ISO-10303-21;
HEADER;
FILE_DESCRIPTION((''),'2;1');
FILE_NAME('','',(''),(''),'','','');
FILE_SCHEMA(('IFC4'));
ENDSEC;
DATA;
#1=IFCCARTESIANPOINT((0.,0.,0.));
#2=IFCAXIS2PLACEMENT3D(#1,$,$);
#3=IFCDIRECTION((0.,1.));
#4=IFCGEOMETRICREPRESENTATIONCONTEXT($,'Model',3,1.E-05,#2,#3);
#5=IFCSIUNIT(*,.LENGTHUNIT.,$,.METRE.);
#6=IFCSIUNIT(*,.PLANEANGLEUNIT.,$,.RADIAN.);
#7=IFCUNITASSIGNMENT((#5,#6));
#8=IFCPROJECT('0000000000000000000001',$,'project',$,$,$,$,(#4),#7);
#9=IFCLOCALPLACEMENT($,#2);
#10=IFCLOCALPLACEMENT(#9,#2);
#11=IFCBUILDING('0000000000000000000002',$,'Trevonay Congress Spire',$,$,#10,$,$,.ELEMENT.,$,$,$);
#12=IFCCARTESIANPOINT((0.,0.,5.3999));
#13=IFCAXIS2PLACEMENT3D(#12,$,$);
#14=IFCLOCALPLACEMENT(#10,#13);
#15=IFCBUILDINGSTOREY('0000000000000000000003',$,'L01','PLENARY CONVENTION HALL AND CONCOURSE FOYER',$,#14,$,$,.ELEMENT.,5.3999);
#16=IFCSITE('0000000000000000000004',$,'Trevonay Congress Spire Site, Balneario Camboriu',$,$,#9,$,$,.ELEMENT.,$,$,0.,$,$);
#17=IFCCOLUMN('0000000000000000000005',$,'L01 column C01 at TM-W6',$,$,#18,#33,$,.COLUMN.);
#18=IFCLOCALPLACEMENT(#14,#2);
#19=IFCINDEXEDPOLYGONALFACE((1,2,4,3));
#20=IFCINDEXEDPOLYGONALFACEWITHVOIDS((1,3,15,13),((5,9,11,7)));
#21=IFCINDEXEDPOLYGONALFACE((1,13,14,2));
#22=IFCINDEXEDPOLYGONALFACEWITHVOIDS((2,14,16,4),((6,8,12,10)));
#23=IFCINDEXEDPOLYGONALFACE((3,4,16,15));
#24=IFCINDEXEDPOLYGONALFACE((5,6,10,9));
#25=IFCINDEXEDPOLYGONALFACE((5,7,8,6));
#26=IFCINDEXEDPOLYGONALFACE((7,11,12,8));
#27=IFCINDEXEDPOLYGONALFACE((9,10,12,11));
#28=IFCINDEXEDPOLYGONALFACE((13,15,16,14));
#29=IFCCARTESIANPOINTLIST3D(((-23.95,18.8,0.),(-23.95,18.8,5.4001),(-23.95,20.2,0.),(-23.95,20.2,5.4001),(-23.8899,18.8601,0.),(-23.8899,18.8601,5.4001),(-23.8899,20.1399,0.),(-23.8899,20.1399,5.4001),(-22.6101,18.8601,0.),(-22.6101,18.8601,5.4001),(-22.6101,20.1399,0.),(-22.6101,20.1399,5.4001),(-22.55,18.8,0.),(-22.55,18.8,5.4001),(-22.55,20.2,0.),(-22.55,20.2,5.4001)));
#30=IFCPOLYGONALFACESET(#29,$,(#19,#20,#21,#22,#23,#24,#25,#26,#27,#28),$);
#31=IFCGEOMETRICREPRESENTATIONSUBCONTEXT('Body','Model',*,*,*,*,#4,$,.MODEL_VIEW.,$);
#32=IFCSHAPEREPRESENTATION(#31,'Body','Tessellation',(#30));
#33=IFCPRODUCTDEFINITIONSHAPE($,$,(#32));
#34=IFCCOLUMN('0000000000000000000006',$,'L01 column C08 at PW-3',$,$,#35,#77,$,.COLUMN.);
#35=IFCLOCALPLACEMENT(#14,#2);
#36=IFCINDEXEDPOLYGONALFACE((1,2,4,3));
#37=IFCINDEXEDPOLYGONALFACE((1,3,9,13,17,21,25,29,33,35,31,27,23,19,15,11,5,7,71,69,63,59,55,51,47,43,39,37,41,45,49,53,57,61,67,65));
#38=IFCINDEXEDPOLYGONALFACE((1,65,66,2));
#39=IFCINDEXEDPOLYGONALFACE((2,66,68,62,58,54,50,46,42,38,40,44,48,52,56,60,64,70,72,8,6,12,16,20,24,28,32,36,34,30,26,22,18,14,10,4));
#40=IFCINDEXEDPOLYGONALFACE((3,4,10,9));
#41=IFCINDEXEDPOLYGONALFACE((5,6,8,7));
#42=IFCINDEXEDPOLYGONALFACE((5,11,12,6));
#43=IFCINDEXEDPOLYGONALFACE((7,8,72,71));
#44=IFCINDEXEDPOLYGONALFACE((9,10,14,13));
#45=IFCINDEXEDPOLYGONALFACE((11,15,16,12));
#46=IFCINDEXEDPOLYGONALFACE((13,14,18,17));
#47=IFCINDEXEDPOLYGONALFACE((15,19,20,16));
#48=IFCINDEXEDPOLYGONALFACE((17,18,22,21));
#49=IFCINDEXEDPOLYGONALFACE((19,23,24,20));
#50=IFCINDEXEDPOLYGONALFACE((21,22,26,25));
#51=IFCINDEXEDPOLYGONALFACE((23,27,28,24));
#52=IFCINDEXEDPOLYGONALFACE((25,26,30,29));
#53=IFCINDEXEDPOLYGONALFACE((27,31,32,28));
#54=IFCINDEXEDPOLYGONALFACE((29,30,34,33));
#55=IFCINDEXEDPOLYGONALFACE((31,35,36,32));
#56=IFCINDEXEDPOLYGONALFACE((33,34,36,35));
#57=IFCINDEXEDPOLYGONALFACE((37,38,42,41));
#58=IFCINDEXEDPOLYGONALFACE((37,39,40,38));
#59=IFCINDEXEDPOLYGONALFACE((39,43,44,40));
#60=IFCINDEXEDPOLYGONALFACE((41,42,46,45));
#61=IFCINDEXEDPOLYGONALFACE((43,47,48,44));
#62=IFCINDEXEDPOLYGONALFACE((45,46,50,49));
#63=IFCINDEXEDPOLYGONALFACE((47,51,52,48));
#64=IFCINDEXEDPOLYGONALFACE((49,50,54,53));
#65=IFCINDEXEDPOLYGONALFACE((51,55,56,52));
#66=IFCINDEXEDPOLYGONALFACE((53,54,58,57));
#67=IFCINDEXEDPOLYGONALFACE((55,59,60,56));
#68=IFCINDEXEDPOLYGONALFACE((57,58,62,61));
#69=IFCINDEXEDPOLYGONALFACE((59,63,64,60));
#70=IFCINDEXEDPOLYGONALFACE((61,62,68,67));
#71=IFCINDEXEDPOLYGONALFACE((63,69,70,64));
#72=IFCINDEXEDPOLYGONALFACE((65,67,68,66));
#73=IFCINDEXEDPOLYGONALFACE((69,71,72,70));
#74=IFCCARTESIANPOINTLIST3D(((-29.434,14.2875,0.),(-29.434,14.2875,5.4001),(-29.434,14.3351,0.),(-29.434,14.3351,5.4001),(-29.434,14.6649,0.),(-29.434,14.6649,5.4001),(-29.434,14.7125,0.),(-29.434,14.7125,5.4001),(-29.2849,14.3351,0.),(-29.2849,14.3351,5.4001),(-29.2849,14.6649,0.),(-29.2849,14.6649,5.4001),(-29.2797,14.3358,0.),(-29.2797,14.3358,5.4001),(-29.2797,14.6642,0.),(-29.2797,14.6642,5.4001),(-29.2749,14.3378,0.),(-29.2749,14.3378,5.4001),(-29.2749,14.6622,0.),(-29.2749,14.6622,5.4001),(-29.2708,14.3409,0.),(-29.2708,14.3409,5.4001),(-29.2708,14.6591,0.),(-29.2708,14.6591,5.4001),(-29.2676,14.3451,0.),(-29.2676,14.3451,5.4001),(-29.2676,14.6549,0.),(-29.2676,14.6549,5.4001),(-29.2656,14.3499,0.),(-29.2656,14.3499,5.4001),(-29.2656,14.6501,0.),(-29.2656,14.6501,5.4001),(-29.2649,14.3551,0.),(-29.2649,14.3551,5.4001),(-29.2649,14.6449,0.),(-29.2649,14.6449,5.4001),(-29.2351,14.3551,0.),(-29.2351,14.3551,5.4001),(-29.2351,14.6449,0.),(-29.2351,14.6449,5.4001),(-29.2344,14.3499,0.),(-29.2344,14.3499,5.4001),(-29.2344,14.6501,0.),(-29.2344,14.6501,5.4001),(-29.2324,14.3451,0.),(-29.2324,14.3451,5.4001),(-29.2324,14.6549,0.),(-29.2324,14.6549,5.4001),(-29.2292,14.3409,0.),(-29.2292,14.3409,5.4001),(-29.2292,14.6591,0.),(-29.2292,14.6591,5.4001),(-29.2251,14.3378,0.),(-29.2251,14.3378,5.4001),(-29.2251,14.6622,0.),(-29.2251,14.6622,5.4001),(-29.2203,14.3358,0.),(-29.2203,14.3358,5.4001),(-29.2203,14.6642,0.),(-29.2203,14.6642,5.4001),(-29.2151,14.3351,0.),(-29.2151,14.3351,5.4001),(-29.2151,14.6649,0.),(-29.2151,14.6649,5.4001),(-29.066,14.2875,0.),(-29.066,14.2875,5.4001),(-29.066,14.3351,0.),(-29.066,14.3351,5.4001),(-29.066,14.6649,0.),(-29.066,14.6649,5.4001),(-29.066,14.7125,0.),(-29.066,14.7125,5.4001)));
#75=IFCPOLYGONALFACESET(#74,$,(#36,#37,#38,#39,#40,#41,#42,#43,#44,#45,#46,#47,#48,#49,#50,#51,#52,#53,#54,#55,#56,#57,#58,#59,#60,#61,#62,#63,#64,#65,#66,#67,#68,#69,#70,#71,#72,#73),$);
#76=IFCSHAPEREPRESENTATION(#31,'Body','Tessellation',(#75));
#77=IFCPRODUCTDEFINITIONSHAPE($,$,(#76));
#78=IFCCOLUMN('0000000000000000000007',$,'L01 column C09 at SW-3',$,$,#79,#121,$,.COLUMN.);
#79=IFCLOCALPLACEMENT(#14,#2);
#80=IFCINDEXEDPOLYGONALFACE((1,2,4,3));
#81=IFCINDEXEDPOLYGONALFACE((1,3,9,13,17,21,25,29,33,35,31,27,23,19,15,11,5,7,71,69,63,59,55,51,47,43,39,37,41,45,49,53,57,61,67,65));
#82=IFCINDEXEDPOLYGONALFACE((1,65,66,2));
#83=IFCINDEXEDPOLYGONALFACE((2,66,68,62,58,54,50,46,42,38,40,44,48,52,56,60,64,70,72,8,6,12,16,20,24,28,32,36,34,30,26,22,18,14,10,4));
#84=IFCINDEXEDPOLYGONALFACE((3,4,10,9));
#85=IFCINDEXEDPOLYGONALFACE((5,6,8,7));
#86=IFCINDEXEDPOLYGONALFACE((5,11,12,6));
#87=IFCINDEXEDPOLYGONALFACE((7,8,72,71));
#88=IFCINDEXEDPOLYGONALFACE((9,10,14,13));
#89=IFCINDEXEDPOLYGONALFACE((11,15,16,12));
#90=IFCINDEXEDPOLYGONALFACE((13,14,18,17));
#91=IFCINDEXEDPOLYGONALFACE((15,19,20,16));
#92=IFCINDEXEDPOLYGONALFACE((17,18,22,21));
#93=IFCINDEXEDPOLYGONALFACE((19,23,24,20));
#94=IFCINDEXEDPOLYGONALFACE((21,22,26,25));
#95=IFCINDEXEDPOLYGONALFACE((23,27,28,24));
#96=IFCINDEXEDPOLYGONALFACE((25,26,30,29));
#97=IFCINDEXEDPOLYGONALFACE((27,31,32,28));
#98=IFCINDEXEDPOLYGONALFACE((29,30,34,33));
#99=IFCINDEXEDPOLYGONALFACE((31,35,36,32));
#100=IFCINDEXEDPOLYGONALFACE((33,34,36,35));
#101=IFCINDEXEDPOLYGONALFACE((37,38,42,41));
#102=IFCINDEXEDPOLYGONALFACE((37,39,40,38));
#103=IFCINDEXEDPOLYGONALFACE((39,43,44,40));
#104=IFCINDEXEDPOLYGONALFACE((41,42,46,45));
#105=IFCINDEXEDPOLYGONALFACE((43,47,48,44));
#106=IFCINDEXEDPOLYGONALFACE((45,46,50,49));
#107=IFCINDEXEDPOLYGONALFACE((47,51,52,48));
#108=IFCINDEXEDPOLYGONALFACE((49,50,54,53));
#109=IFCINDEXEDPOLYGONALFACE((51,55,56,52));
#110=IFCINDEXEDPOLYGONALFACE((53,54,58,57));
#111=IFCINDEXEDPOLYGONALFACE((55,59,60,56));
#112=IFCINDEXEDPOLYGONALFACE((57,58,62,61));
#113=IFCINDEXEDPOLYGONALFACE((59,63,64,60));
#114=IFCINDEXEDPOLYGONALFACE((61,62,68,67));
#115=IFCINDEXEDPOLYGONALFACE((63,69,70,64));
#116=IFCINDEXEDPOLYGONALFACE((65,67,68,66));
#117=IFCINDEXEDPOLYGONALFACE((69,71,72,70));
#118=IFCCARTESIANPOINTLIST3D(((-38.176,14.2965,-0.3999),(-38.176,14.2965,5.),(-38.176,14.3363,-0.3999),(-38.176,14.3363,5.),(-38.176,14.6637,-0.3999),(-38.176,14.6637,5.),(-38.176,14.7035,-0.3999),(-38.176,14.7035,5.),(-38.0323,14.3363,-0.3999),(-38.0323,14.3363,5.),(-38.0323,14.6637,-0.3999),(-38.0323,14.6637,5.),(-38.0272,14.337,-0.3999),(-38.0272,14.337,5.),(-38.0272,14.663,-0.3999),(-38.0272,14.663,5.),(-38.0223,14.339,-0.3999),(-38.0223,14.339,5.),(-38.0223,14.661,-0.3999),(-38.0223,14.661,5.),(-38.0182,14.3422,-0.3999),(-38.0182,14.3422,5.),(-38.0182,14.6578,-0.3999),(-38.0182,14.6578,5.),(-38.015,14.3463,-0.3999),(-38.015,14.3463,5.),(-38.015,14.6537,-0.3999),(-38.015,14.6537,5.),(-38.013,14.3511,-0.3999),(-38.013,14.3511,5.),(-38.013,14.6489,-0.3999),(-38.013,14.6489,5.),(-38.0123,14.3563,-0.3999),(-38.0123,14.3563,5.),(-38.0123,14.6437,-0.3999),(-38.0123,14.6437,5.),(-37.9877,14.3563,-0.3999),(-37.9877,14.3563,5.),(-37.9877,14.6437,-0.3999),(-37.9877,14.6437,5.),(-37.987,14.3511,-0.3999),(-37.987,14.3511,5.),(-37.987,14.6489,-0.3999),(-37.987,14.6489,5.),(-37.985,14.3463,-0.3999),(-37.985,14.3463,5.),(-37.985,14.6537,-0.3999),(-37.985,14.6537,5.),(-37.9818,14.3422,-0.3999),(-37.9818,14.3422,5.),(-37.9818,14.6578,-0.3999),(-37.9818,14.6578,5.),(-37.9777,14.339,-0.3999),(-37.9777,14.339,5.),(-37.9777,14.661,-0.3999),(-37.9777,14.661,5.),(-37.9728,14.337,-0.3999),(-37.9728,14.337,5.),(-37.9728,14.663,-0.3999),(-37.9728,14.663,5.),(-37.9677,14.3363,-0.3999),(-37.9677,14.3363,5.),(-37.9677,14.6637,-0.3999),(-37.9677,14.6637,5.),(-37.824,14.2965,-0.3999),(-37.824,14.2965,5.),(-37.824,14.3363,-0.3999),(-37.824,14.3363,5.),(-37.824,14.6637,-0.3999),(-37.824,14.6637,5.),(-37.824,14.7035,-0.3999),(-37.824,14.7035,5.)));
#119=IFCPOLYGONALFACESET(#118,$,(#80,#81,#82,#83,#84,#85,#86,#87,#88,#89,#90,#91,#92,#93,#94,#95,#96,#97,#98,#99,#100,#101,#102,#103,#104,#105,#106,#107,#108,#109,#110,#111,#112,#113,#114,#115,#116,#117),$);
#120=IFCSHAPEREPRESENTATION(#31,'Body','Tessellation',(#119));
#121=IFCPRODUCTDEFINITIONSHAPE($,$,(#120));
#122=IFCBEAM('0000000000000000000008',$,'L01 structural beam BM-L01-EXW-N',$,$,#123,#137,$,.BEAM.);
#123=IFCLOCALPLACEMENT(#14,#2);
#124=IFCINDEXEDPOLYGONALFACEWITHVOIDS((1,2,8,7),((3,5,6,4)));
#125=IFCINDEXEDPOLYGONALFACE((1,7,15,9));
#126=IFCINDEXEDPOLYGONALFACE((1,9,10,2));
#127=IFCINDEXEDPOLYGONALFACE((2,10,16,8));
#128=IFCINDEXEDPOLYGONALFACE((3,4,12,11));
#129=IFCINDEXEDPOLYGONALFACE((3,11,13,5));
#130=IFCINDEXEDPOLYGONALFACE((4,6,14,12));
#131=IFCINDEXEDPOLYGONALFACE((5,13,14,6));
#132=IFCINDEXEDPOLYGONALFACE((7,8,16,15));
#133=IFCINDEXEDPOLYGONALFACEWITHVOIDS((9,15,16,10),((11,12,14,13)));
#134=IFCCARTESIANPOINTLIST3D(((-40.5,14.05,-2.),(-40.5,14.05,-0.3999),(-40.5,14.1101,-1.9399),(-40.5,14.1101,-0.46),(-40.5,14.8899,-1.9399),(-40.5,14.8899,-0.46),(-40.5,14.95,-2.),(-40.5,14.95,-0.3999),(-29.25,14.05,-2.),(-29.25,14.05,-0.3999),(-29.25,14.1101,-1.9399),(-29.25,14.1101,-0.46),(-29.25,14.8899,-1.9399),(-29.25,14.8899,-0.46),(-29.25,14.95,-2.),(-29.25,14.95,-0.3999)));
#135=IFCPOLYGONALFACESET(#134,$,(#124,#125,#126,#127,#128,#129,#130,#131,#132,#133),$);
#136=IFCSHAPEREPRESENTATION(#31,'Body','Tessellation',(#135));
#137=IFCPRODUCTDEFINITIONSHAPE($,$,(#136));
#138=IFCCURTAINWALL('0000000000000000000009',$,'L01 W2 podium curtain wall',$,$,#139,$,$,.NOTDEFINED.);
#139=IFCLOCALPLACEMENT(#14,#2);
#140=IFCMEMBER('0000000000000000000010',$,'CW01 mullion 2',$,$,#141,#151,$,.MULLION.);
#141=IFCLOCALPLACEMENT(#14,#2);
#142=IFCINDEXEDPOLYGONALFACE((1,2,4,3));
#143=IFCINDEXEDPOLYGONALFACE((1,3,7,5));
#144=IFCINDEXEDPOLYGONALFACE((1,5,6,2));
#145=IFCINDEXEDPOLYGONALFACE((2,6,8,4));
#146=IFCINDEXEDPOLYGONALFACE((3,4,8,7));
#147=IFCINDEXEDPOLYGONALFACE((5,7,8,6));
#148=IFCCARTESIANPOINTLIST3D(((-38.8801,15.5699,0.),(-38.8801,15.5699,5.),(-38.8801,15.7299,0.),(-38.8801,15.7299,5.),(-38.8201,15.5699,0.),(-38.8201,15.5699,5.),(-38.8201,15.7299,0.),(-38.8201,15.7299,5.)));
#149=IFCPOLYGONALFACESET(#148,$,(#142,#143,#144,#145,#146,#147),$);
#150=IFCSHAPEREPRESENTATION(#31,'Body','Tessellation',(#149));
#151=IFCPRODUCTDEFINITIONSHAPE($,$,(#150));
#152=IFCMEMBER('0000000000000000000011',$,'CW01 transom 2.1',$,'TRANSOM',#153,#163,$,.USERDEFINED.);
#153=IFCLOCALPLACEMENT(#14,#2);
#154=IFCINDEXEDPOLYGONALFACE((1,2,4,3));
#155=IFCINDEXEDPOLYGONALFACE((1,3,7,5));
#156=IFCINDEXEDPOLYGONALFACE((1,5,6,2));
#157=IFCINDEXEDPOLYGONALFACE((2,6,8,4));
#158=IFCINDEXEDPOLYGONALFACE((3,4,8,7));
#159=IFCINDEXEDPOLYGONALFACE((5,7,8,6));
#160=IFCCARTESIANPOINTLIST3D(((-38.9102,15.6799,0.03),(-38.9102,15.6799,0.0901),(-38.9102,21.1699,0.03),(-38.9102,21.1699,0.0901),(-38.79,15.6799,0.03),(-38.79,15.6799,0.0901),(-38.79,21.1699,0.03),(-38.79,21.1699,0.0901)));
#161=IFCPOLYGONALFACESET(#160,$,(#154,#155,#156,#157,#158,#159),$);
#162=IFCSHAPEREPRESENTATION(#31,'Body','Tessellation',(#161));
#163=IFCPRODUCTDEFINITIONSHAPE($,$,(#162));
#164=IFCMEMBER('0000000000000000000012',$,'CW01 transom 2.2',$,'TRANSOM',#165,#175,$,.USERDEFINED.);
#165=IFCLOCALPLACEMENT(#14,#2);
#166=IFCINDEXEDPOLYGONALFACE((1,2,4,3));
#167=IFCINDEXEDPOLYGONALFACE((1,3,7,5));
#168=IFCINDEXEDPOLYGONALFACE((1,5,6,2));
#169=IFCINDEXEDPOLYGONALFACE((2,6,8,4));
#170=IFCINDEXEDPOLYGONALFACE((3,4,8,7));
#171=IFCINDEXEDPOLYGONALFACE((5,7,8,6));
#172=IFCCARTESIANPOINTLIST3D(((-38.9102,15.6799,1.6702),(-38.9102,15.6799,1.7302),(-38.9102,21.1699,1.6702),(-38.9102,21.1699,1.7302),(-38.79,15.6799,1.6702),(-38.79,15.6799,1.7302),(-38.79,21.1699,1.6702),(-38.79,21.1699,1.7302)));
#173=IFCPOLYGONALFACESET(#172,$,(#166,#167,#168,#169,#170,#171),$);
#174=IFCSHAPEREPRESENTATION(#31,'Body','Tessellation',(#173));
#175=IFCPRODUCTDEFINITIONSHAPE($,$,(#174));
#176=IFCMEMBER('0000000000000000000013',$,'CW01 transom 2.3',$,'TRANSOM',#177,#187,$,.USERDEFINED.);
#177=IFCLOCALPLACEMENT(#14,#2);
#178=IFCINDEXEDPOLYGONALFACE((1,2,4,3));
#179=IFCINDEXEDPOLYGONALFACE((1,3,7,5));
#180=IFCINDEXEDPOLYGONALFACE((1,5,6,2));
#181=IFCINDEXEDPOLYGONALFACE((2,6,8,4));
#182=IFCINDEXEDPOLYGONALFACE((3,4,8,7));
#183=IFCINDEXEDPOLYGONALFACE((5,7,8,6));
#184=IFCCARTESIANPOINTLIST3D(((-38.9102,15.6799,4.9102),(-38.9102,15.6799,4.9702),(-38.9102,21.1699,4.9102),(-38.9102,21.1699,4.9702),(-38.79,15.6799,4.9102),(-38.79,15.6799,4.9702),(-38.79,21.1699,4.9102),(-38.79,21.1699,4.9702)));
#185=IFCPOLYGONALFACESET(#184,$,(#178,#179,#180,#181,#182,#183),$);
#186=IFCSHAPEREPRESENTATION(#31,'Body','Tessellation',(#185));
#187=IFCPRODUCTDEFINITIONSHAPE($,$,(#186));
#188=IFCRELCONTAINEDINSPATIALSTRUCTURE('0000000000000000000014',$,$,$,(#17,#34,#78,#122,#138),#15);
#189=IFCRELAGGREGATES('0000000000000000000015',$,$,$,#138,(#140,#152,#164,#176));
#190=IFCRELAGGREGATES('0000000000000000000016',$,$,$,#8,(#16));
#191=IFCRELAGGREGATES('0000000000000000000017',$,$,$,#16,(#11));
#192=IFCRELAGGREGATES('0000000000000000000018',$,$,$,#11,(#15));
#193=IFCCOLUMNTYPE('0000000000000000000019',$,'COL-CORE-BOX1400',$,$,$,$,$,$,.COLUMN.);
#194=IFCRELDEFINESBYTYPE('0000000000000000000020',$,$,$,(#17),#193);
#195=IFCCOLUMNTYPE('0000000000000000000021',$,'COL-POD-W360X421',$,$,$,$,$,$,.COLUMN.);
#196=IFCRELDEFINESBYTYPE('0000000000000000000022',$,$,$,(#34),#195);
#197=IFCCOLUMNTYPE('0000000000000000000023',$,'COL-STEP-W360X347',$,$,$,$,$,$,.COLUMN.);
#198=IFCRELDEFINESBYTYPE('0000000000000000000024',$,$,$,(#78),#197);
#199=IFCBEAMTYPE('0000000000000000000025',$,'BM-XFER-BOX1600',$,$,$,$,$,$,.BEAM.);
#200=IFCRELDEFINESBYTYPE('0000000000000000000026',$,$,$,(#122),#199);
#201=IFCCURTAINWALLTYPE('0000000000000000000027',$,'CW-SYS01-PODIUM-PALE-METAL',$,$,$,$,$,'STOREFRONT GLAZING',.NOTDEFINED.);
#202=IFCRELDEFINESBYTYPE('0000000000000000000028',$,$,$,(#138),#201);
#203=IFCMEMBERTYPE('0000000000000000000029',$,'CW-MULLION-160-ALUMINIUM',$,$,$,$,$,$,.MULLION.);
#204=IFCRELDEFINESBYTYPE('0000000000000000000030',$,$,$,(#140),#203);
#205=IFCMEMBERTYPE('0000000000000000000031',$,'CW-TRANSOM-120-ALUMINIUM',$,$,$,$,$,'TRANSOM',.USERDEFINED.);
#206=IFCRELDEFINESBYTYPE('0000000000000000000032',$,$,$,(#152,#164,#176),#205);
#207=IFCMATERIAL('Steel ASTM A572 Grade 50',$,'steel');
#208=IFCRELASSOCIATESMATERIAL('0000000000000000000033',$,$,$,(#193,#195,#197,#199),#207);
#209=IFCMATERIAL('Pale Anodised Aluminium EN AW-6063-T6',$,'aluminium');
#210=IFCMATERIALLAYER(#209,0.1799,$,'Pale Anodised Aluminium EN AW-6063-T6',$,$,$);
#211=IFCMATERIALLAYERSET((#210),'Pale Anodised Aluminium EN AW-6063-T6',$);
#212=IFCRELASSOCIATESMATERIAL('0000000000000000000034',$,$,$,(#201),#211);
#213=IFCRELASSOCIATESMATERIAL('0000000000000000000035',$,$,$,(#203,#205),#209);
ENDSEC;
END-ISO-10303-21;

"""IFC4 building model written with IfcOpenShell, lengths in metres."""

from ifc_helpers import new_model, si_unit, direction, frame, origin, origin_2d, place, context, subcontext, project, spatial, rectangle, hollow_rectangle, i_section, extrude, material, layer, layer_set, material_profile, profile_set, type_object, element, aggregate, save


model = new_model("IFC4")

# Units and contexts
model_context = context("Model", 3, precision=1e-05, world=origin(), true_north=direction((0.0, 1.0)))
body_context = subcontext(model_context, "Body", "Model", "MODEL_VIEW")
ifc_project = project(units=[si_unit("LENGTHUNIT", "METRE"), si_unit("PLANEANGLEUNIT", "RADIAN")], contexts=[model_context])

# Site, building, storey
site_placement = place(None, origin())
site = spatial("IfcSite", under=ifc_project, at=site_placement, Name="Trevonay Congress Spire Site, Balneario Camboriu", CompositionType="ELEMENT", RefElevation=0.0)
building_placement = place(site_placement, origin())
building = spatial("IfcBuilding", under=site, at=building_placement, Name="Trevonay Congress Spire", CompositionType="ELEMENT")
storey_placement = place(building_placement, frame((0.0, 0.0, 5.3999)))
storey = spatial("IfcBuildingStorey", under=building, at=storey_placement, Name="L01", Description="PLENARY CONVENTION HALL AND CONCOURSE FOYER", CompositionType="ELEMENT", Elevation=5.3999)

# Columns
ifc_material_1 = material(Name="Steel ASTM A572 Grade 50", Category="steel")
ifc_material_profile_1 = material_profile(ifc_material_1, hollow_rectangle(XDim=1.3999, YDim=1.3999, WallThickness=0.0601, at=origin_2d()), Name="BOX 1400x1400x60")
ifc_profile_set_1 = profile_set([ifc_material_profile_1], Name="Steel ASTM A572 Grade 50")
column_type_1 = type_object("IfcColumnType", Name="COL-CORE-BOX1400", PredefinedType="COLUMN", material=ifc_profile_set_1)
column_1_placement = place(storey_placement, frame((-23.25, 19.5, 0.0), z_axis=(0.0, 0.0, 1.0), x_axis=(1.0, 0.0, 0.0)))
element("IfcColumn", 1, at=column_1_placement, inside=storey, type_object=column_type_1, Name="L01 column C01 at TM-W6", PredefinedType="COLUMN", context=body_context, shape_type="SweptSolid", body=[
    extrude(hollow_rectangle(XDim=1.3999, YDim=1.3999, WallThickness=0.0601, at=origin_2d()), origin(), (0.0, 0.0, 1.0), 5.4001),
])
ifc_material_profile_2 = material_profile(ifc_material_1, i_section(OverallWidth=0.3679, OverallDepth=0.425, WebThickness=0.0298, FlangeThickness=0.0476, FilletRadius=0.02, at=origin_2d()), Name="W360x421")
ifc_profile_set_2 = profile_set([ifc_material_profile_2], Name="Steel ASTM A572 Grade 50")
column_type_2 = type_object("IfcColumnType", Name="COL-POD-W360X421", PredefinedType="COLUMN", material=ifc_profile_set_2)
column_2_placement = place(storey_placement, frame((-29.25, 14.5, 0.0), z_axis=(0.0, 0.0, 1.0), x_axis=(1.0, 0.0, 0.0)))
element("IfcColumn", 2, at=column_2_placement, inside=storey, type_object=column_type_2, Name="L01 column C08 at PW-3", PredefinedType="COLUMN", context=body_context, shape_type="SweptSolid", body=[
    extrude(i_section(OverallWidth=0.3679, OverallDepth=0.425, WebThickness=0.0298, FlangeThickness=0.0476, FilletRadius=0.02, at=origin_2d()), origin(), (0.0, 0.0, 1.0), 5.4001),
])
ifc_material_profile_3 = material_profile(ifc_material_1, i_section(OverallWidth=0.3521, OverallDepth=0.407, WebThickness=0.0247, FlangeThickness=0.0398, FilletRadius=0.02, at=origin_2d()), Name="W360x347")
ifc_profile_set_3 = profile_set([ifc_material_profile_3], Name="Steel ASTM A572 Grade 50")
column_type_3 = type_object("IfcColumnType", Name="COL-STEP-W360X347", PredefinedType="COLUMN", material=ifc_profile_set_3)
column_3_placement = place(storey_placement, frame((-38.0, 14.5, -0.3999), z_axis=(0.0, 0.0, 1.0), x_axis=(1.0, 0.0, 0.0)))
element("IfcColumn", 3, at=column_3_placement, inside=storey, type_object=column_type_3, Name="L01 column C09 at SW-3", PredefinedType="COLUMN", context=body_context, shape_type="SweptSolid", body=[
    extrude(i_section(OverallWidth=0.3521, OverallDepth=0.407, WebThickness=0.0247, FlangeThickness=0.0398, FilletRadius=0.02, at=origin_2d()), origin(), (0.0, 0.0, 1.0), 5.3999),
])

# Beam
ifc_material_profile_4 = material_profile(ifc_material_1, hollow_rectangle(XDim=0.8999, YDim=1.6001, WallThickness=0.0601, at=origin_2d()), Name="BOX 1600x900x60")
ifc_profile_set_4 = profile_set([ifc_material_profile_4], Name="Steel ASTM A572 Grade 50")
beam_type = type_object("IfcBeamType", Name="BM-XFER-BOX1600", PredefinedType="BEAM", material=ifc_profile_set_4)
beam_placement = place(storey_placement, frame((-29.25, 14.5, -1.2), z_axis=(-1.0, 0.0, 0.0), x_axis=(0.0, -1.0, 0.0)))
element("IfcBeam", 4, at=beam_placement, inside=storey, type_object=beam_type, Name="L01 structural beam BM-L01-EXW-N", PredefinedType="BEAM", context=body_context, shape_type="SweptSolid", body=[
    extrude(hollow_rectangle(XDim=0.8999, YDim=1.6001, WallThickness=0.0601, at=origin_2d()), origin(), (0.0, 0.0, 1.0), 11.25),
])

# Curtain wall, members
ifc_material_2 = material(Name="Pale Anodised Aluminium EN AW-6063-T6", Category="aluminium")
ifc_layer_1 = layer(ifc_material_2, 0.1799, Name="Pale Anodised Aluminium EN AW-6063-T6")
ifc_layer_set_1 = layer_set([ifc_layer_1], Name="Pale Anodised Aluminium EN AW-6063-T6")
curtain_wall_type = type_object("IfcCurtainWallType", Name="CW-SYS01-PODIUM-PALE-METAL", ElementType="STOREFRONT GLAZING", PredefinedType="NOTDEFINED", material=ifc_layer_set_1)
curtain_wall_placement = place(storey_placement, origin())
curtain_wall = element("IfcCurtainWall", 5, at=curtain_wall_placement, inside=storey, type_object=curtain_wall_type, Name="L01 W2 podium curtain wall", PredefinedType="NOTDEFINED")
ifc_material_profile_5 = material_profile(ifc_material_2, rectangle(XDim=0.0601, YDim=0.1599, at=origin_2d()), Name="CW-MULLION-160-ALUMINIUM")
ifc_profile_set_5 = profile_set([ifc_material_profile_5], Name="Pale Anodised Aluminium EN AW-6063-T6")
member_type_1 = type_object("IfcMemberType", Name="CW-MULLION-160-ALUMINIUM", PredefinedType="MULLION", material=ifc_profile_set_5)
member_1_placement = place(storey_placement, frame((-38.8501, 15.6499, 0.0), z_axis=(0.0, 0.0, 1.0), x_axis=(-1.0, 0.0, 0.0)))
member_1 = element("IfcMember", 6, at=member_1_placement, type_object=member_type_1, Name="CW01 mullion 2", PredefinedType="MULLION", context=body_context, shape_type="SweptSolid", body=[
    extrude(rectangle(XDim=0.0601, YDim=0.1599, at=origin_2d()), origin(), (0.0, 0.0, 1.0), 5.0),
])
ifc_material_profile_6 = material_profile(ifc_material_2, rectangle(XDim=0.1201, YDim=0.0601, at=origin_2d()), Name="CW-TRANSOM-120-ALUMINIUM")
ifc_profile_set_6 = profile_set([ifc_material_profile_6], Name="Pale Anodised Aluminium EN AW-6063-T6")
member_type_2 = type_object("IfcMemberType", Name="CW-TRANSOM-120-ALUMINIUM", ElementType="TRANSOM", PredefinedType="USERDEFINED", material=ifc_profile_set_6)
member_2_placement = place(storey_placement, frame((-38.8501, 15.6799, 0.0601), z_axis=(0.0, 1.0, 0.0), x_axis=(-1.0, 0.0, 0.0)))
member_2 = element("IfcMember", 7, at=member_2_placement, type_object=member_type_2, Name="CW01 transom 2.1", ObjectType="TRANSOM", PredefinedType="USERDEFINED", context=body_context, shape_type="SweptSolid", body=[
    extrude(rectangle(XDim=0.1201, YDim=0.0601, at=origin_2d()), origin(), (0.0, 0.0, 1.0), 5.49),
])
member_3_placement = place(storey_placement, frame((-38.8501, 15.6799, 1.7002), z_axis=(0.0, 1.0, 0.0), x_axis=(-1.0, 0.0, 0.0)))
member_3 = element("IfcMember", 8, at=member_3_placement, type_object=member_type_2, Name="CW01 transom 2.2", ObjectType="TRANSOM", PredefinedType="USERDEFINED", context=body_context, shape_type="SweptSolid", body=[
    extrude(rectangle(XDim=0.1201, YDim=0.0601, at=origin_2d()), origin(), (0.0, 0.0, 1.0), 5.49),
])
member_4_placement = place(storey_placement, frame((-38.8501, 15.6799, 4.9402), z_axis=(0.0, 1.0, 0.0), x_axis=(-1.0, 0.0, 0.0)))
member_4 = element("IfcMember", 9, at=member_4_placement, type_object=member_type_2, Name="CW01 transom 2.3", ObjectType="TRANSOM", PredefinedType="USERDEFINED", context=body_context, shape_type="SweptSolid", body=[
    extrude(rectangle(XDim=0.1201, YDim=0.0601, at=origin_2d()), origin(), (0.0, 0.0, 1.0), 5.49),
])
aggregate(curtain_wall, [member_1, member_2, member_3, member_4])

save(model, "model.ifc")
